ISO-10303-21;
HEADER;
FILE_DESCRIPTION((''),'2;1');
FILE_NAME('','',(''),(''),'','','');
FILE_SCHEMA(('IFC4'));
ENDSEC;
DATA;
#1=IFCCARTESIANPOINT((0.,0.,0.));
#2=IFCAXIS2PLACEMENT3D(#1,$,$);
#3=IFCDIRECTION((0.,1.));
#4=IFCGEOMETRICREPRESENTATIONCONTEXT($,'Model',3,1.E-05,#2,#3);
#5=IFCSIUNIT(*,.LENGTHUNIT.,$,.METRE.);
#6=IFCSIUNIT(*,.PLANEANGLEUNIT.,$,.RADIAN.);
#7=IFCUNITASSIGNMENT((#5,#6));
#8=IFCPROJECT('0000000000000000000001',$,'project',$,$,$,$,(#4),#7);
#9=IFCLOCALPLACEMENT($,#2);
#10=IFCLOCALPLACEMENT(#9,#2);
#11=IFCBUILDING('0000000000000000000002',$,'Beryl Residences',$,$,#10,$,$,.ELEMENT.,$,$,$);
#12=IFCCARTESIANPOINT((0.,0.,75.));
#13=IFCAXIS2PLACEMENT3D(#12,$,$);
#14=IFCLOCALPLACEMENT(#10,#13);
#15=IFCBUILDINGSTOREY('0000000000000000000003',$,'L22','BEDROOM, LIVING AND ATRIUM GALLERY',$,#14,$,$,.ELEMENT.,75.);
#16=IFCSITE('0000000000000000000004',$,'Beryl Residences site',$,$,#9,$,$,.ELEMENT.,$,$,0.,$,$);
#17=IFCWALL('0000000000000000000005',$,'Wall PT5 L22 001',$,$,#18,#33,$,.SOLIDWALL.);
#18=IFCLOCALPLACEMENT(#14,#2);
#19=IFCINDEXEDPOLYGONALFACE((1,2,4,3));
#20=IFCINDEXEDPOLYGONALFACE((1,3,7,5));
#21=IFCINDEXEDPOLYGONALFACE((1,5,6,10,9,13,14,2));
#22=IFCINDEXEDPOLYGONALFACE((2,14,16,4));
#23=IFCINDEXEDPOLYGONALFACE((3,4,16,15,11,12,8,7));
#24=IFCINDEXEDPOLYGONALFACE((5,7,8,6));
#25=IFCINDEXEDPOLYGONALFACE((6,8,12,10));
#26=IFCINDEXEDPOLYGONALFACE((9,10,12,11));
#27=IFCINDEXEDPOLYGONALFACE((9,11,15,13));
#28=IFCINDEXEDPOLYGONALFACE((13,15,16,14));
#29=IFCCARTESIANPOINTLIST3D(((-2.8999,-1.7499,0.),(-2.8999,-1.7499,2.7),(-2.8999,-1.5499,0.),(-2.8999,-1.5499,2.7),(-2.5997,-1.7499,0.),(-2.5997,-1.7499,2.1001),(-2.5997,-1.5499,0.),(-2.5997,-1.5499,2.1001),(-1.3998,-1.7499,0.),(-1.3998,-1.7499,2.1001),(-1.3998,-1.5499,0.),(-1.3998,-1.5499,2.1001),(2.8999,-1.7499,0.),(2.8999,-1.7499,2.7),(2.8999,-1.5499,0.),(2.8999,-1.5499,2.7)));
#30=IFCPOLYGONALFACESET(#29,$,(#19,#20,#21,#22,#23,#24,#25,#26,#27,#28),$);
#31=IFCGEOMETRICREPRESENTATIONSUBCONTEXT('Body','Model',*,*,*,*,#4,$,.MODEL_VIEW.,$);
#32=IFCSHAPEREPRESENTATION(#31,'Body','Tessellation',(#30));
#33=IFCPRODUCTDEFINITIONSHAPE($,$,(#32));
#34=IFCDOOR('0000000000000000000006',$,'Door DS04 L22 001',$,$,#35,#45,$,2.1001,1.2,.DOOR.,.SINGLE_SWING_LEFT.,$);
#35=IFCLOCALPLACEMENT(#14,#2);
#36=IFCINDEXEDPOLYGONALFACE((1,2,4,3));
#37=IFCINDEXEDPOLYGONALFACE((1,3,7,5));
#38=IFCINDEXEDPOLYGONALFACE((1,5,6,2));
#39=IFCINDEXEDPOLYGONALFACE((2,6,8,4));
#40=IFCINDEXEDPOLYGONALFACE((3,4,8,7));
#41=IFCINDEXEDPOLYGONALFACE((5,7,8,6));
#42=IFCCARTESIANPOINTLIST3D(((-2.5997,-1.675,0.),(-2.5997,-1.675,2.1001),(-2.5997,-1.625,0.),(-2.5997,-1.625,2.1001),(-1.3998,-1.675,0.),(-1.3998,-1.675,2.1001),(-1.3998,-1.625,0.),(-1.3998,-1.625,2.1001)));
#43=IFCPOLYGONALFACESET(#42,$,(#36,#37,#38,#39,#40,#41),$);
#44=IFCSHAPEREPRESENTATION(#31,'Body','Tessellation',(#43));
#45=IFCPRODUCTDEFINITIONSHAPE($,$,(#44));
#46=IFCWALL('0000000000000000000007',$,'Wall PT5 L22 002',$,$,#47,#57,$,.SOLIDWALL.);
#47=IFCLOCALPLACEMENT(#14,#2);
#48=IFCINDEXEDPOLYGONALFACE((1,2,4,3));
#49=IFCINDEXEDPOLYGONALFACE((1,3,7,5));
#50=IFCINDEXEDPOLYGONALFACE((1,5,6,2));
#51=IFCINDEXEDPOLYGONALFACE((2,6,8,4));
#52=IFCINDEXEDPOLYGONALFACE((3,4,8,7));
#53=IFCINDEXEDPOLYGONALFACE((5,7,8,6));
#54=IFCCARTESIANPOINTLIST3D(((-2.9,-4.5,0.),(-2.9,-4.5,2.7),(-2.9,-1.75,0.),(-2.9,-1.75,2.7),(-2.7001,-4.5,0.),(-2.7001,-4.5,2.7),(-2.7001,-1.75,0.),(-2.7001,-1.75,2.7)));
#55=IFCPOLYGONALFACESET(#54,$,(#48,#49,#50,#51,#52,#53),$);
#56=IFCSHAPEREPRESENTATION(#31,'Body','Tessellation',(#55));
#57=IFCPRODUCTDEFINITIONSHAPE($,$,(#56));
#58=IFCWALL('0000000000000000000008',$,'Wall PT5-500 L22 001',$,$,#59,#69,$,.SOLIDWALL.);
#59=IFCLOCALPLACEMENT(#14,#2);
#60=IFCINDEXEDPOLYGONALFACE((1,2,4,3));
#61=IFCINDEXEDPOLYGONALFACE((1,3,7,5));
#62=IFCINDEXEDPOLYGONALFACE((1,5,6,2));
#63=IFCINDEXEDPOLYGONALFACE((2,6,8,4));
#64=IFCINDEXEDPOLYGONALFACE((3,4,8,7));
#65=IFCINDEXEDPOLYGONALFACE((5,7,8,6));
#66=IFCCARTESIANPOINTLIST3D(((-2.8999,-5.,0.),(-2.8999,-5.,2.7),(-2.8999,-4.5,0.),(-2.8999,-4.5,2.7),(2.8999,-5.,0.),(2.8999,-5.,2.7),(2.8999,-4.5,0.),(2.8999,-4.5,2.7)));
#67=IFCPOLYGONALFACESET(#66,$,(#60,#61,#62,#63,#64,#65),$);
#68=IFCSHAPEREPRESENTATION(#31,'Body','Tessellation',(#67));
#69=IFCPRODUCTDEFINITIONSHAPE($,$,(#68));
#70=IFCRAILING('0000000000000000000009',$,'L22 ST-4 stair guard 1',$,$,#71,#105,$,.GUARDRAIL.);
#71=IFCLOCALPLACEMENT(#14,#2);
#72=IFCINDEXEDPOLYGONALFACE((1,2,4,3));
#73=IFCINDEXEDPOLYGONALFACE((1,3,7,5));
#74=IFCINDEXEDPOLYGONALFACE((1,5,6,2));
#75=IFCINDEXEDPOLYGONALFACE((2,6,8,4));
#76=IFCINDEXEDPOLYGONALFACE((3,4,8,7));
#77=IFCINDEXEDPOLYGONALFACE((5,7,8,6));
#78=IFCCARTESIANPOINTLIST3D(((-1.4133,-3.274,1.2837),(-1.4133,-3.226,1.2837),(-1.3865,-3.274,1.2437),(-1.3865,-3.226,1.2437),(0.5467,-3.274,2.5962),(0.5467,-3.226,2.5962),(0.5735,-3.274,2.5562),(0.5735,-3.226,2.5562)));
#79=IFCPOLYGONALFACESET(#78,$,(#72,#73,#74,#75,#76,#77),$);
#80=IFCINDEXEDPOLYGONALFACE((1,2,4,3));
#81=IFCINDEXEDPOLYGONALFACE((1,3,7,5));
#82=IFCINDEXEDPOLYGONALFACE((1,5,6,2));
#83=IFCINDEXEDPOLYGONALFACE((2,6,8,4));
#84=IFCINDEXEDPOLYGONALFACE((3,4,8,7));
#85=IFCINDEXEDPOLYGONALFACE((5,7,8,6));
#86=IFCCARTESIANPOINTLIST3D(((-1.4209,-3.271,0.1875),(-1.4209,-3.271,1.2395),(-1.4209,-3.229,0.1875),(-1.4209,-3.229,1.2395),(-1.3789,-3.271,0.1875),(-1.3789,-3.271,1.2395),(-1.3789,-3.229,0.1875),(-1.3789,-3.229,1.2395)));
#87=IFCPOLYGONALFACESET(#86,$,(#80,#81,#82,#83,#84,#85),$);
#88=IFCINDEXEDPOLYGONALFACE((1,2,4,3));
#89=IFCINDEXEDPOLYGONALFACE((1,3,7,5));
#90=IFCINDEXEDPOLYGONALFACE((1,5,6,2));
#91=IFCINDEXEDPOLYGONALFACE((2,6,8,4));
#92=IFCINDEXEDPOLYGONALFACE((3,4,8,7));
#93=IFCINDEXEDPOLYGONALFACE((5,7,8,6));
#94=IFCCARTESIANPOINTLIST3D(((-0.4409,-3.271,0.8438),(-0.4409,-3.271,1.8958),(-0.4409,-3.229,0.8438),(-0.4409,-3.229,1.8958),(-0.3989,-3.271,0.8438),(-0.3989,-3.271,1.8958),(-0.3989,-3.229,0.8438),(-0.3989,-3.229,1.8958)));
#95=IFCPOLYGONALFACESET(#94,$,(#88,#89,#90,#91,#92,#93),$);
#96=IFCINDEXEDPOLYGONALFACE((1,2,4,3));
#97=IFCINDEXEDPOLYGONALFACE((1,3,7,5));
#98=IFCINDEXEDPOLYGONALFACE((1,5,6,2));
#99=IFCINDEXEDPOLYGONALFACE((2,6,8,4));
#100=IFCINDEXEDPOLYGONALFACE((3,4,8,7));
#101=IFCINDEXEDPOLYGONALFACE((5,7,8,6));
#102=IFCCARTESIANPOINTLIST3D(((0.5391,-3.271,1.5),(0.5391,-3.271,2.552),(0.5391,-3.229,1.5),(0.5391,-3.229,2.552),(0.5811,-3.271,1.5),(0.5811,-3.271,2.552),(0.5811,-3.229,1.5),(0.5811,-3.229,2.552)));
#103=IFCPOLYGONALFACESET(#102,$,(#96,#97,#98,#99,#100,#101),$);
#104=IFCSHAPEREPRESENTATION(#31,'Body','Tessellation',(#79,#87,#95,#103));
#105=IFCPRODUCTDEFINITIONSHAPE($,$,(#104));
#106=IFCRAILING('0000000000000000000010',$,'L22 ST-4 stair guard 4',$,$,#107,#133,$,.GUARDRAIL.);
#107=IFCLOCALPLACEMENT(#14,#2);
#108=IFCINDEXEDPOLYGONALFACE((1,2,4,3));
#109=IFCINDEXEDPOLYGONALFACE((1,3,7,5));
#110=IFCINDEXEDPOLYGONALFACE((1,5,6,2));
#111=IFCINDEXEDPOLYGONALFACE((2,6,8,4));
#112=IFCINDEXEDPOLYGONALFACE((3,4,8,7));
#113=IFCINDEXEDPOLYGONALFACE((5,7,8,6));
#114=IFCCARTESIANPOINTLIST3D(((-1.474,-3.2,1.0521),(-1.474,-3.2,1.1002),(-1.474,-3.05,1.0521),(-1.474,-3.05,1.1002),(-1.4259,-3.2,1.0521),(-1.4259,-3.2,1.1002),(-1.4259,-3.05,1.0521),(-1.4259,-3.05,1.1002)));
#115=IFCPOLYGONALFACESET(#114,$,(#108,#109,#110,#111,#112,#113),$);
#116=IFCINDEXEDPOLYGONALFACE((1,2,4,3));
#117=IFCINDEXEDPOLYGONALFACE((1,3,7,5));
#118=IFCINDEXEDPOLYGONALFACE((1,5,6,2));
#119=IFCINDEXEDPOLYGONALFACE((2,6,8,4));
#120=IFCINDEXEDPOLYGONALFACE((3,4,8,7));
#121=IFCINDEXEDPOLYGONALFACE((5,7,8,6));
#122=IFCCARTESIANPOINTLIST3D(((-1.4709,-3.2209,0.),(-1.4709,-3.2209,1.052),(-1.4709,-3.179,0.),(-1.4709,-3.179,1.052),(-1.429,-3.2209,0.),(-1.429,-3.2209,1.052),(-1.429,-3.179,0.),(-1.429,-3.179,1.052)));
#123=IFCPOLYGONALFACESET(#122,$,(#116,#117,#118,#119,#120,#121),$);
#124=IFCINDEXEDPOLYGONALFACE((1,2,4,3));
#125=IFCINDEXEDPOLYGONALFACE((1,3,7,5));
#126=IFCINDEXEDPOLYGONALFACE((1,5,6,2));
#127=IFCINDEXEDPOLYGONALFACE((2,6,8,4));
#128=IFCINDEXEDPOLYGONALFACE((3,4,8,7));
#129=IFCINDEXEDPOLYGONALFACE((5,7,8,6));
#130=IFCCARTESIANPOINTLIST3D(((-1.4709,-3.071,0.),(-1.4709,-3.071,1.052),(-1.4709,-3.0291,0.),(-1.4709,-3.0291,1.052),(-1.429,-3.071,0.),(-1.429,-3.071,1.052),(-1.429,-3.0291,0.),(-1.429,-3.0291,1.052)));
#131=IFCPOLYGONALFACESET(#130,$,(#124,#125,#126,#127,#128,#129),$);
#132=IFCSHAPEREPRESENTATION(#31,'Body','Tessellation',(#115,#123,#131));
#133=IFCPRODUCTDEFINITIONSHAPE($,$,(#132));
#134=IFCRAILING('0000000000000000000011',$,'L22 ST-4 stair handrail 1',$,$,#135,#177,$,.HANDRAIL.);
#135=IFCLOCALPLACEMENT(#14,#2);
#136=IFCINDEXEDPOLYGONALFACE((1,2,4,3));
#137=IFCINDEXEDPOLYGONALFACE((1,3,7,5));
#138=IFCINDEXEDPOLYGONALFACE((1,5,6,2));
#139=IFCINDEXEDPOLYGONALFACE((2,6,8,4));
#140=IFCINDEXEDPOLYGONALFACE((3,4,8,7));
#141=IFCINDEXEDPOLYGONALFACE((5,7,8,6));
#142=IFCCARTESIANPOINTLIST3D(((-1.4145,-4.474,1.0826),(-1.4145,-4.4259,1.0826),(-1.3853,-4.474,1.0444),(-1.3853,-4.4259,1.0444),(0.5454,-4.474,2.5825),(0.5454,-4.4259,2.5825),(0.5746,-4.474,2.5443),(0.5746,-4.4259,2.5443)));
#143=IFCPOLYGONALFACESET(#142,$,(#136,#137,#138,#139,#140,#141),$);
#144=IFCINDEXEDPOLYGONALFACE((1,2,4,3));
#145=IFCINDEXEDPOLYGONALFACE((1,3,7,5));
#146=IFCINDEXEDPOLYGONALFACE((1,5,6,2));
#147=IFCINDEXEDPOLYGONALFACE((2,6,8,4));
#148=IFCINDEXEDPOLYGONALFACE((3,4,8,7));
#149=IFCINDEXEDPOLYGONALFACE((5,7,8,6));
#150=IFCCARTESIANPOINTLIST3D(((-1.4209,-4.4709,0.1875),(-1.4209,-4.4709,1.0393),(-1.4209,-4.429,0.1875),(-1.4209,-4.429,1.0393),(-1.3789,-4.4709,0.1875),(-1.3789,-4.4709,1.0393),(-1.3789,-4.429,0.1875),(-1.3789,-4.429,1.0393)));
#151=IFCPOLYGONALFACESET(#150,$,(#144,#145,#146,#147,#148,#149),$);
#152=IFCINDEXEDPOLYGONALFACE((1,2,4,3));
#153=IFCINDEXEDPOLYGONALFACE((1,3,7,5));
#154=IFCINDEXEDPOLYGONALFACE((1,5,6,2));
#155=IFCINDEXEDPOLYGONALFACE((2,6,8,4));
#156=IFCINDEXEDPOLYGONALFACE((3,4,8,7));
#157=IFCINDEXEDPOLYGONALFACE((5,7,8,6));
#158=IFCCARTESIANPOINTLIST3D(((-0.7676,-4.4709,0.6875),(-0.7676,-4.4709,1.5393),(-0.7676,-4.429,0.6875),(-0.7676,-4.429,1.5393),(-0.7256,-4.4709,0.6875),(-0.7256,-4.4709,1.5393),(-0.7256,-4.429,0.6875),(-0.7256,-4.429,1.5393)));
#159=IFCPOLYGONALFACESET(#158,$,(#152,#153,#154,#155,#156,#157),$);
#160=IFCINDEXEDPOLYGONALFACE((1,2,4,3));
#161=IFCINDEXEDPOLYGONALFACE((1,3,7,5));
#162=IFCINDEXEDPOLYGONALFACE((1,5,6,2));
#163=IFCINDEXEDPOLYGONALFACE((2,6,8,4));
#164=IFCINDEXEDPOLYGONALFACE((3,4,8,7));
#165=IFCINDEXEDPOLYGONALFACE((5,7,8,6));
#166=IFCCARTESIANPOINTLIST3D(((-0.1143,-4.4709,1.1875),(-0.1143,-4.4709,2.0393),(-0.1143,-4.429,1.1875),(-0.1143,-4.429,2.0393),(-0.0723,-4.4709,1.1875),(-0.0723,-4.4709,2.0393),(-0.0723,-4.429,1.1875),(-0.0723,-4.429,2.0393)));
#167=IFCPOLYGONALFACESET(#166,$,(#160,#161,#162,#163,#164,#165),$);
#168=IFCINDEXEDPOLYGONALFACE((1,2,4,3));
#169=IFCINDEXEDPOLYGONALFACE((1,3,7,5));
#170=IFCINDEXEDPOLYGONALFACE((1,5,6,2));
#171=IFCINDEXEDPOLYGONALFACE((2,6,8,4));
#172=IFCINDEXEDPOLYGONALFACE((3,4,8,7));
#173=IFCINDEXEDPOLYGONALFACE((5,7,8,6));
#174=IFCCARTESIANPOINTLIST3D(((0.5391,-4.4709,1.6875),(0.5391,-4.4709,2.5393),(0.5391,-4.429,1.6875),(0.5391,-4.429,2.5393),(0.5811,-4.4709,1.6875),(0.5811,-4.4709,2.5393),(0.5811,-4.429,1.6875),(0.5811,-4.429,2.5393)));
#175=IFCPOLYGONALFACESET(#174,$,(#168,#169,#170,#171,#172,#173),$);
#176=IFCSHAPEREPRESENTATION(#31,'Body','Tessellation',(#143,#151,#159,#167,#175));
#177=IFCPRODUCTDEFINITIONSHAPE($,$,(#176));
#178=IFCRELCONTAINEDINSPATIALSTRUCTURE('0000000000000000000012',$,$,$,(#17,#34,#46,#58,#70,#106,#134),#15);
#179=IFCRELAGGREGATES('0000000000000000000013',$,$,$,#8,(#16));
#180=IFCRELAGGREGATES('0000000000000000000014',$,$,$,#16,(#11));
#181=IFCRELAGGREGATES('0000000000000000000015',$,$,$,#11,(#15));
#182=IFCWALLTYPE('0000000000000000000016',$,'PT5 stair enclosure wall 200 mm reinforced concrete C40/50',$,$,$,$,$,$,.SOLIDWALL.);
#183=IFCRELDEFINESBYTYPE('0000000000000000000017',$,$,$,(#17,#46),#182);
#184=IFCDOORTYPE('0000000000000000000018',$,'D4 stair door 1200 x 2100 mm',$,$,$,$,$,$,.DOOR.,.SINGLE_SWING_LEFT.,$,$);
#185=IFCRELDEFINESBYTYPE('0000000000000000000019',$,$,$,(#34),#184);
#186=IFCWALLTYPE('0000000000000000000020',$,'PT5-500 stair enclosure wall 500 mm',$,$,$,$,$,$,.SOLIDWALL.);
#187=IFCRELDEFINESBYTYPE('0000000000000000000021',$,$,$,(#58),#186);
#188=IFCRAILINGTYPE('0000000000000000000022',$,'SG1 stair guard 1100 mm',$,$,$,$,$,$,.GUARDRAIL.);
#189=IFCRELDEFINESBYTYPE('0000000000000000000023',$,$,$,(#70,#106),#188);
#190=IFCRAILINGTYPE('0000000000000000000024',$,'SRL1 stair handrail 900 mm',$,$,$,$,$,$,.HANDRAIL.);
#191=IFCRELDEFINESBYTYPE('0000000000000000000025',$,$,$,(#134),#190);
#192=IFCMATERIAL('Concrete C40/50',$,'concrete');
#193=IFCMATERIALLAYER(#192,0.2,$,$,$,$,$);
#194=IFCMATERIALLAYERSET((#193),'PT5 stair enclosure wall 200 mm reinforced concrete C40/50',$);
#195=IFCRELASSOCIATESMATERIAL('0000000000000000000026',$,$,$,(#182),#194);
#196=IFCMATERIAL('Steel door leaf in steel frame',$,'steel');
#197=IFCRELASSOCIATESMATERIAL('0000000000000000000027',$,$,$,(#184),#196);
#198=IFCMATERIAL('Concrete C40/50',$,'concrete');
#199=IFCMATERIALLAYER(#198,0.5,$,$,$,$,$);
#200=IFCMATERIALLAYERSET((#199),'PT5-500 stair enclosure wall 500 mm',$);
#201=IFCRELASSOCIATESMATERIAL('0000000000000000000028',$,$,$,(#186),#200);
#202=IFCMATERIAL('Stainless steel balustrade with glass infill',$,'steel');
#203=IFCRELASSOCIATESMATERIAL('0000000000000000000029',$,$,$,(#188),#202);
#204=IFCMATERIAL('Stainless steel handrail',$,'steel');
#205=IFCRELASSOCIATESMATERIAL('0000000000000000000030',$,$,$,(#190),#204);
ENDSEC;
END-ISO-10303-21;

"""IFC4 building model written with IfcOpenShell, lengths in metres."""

from ifc_helpers import new_model, si_unit, direction, frame, frame_2d, origin, origin_2d, place, context, subcontext, project, spatial, rectangle, extrude, material, layer, layer_set, type_object, element, fill, save


model = new_model("IFC4")

# Units and contexts
model_context = context("Model", 3, precision=1e-05, world=origin(), true_north=direction((0.0, 1.0)))
body_context = subcontext(model_context, "Body", "Model", "MODEL_VIEW")
ifc_project = project(units=[si_unit("LENGTHUNIT", "METRE"), si_unit("PLANEANGLEUNIT", "RADIAN")], contexts=[model_context])

# Site, building, storey
site_placement = place(None, origin())
site = spatial("IfcSite", under=ifc_project, at=site_placement, Name="Beryl Residences site", CompositionType="ELEMENT", RefElevation=0.0)
building_placement = place(site_placement, origin())
building = spatial("IfcBuilding", under=site, at=building_placement, Name="Beryl Residences", CompositionType="ELEMENT")
storey_placement = place(building_placement, frame((0.0, 0.0, 75.0)))
storey = spatial("IfcBuildingStorey", under=building, at=storey_placement, Name="L22", Description="BEDROOM, LIVING AND ATRIUM GALLERY", CompositionType="ELEMENT", Elevation=75.0)

# Wall, opening, door
ifc_material_1 = material(Name="Concrete C40/50", Category="concrete")
ifc_layer_1 = layer(ifc_material_1, 0.2)
ifc_layer_set_1 = layer_set([ifc_layer_1], Name="PT5 stair enclosure wall 200 mm reinforced concrete C40/50")
wall_type_1 = type_object("IfcWallType", Name="PT5 stair enclosure wall 200 mm reinforced concrete C40/50", PredefinedType="SOLIDWALL", material=ifc_layer_set_1)
wall_1_placement = place(storey_placement, frame((-2.8999, -1.6499, 0.0), z_axis=(0.0, 0.0, 1.0), x_axis=(1.0, 0.0, 0.0)))
wall_1 = element("IfcWall", 1, at=wall_1_placement, inside=storey, type_object=wall_type_1, Name="Wall PT5 L22 001", PredefinedType="SOLIDWALL", context=body_context, shape_type="SweptSolid", body=[
    extrude(rectangle(XDim=5.7998, YDim=0.2, at=frame_2d((2.8999, 0.0))), origin(), (0.0, 0.0, 1.0), 2.7),
])
opening_1_placement = place(wall_1_placement, frame((0.3, 0.0, 0.0)))
opening_1 = element("IfcOpeningElement", 2, at=opening_1_placement, cuts=wall_1, PredefinedType="OPENING", context=body_context, shape_type="SweptSolid", body=[
    extrude(rectangle(XDim=1.2, YDim=2.1001, at=frame_2d((0.6001, 1.05))), frame((0.0, 0.1099, 0.0), z_axis=(0.0, -1.0, 0.0), x_axis=(1.0, 0.0, 0.0)), (0.0, 0.0, 1.0), 0.22),
])
ifc_material_2 = material(Name="Steel door leaf in steel frame", Category="steel")
door_type_1 = type_object("IfcDoorType", Name="D4 stair door 1200 x 2100 mm", OperationType="SINGLE_SWING_LEFT", PredefinedType="DOOR", material=ifc_material_2)
door_1_placement = place(opening_1_placement, origin())
door_1 = element("IfcDoor", 3, at=door_1_placement, inside=storey, type_object=door_type_1, Name="Door DS04 L22 001", OperationType="SINGLE_SWING_LEFT", OverallHeight=2.1001, OverallWidth=1.2, PredefinedType="DOOR", context=body_context, shape_type="SweptSolid", body=[
    extrude(rectangle(XDim=1.2, YDim=2.1001, at=frame_2d((0.6001, 1.05))), frame((0.0, 0.0249, 0.0), z_axis=(0.0, -1.0, 0.0), x_axis=(1.0, 0.0, 0.0)), (0.0, 0.0, 1.0), 0.05),
])
fill(opening_1, door_1)

# Walls
wall_2_placement = place(storey_placement, frame((-2.8, -4.5, 0.0), z_axis=(0.0, 0.0, 1.0), x_axis=(0.0, 1.0, 0.0)))
element("IfcWall", 4, at=wall_2_placement, inside=storey, type_object=wall_type_1, Name="Wall PT5 L22 002", PredefinedType="SOLIDWALL", context=body_context, shape_type="SweptSolid", body=[
    extrude(rectangle(XDim=2.75, YDim=0.2, at=frame_2d((1.375, 0.0))), origin(), (0.0, 0.0, 1.0), 2.7),
])
ifc_material_3 = material(Name="Concrete C40/50", Category="concrete")
ifc_layer_2 = layer(ifc_material_3, 0.5)
ifc_layer_set_2 = layer_set([ifc_layer_2], Name="PT5-500 stair enclosure wall 500 mm")
wall_type_2 = type_object("IfcWallType", Name="PT5-500 stair enclosure wall 500 mm", PredefinedType="SOLIDWALL", material=ifc_layer_set_2)
wall_3_placement = place(storey_placement, frame((-2.8999, -4.75, 0.0), z_axis=(0.0, 0.0, 1.0), x_axis=(1.0, 0.0, 0.0)))
element("IfcWall", 5, at=wall_3_placement, inside=storey, type_object=wall_type_2, Name="Wall PT5-500 L22 001", PredefinedType="SOLIDWALL", context=body_context, shape_type="SweptSolid", body=[
    extrude(rectangle(XDim=5.7998, YDim=0.5, at=frame_2d((2.8999, 0.0))), origin(), (0.0, 0.0, 1.0), 2.7),
])

# Railings
ifc_material_4 = material(Name="Stainless steel balustrade with glass infill", Category="steel")
railing_type_1 = type_object("IfcRailingType", Name="SG1 stair guard 1100 mm", PredefinedType="GUARDRAIL", material=ifc_material_4)
railing_1_placement = place(storey_placement, frame((-1.3999, -3.25, 0.1875)))
element("IfcRailing", 6, at=railing_1_placement, inside=storey, type_object=railing_type_1, Name="L22 ST-4 stair guard 1", PredefinedType="GUARDRAIL", context=body_context, shape_type="SweptSolid", body=[
    extrude(rectangle(XDim=0.0481, YDim=0.0481, at=origin_2d()), frame((0.0, 0.0, 1.0762), z_axis=(0.830902, 0.0, 0.556419), x_axis=(0.0, 1.0, 0.0)), (0.0, 0.0, 1.0), 2.3589),
    extrude(rectangle(XDim=0.042, YDim=0.042, at=origin_2d()), origin(), (0.0, 0.0, 1.0), 1.052),
    extrude(rectangle(XDim=0.042, YDim=0.042, at=origin_2d()), frame((0.98, 0.0, 0.6562)), (0.0, 0.0, 1.0), 1.052),
    extrude(rectangle(XDim=0.042, YDim=0.042, at=origin_2d()), frame((1.96, 0.0, 1.3125)), (0.0, 0.0, 1.0), 1.052),
])
railing_2_placement = place(storey_placement, frame((-1.45, -3.2, 0.0)))
element("IfcRailing", 7, at=railing_2_placement, inside=storey, type_object=railing_type_1, Name="L22 ST-4 stair guard 4", PredefinedType="GUARDRAIL", context=body_context, shape_type="SweptSolid", body=[
    extrude(rectangle(XDim=0.0481, YDim=0.0481, at=origin_2d()), frame((0.0, 0.0, 1.0762), z_axis=(0.0, 1.0, 0.0), x_axis=(-1.0, 0.0, 0.0)), (0.0, 0.0, 1.0), 0.1499),
    extrude(rectangle(XDim=0.042, YDim=0.042, at=origin_2d()), origin(), (0.0, 0.0, 1.0), 1.052),
    extrude(rectangle(XDim=0.042, YDim=0.042, at=origin_2d()), frame((0.0, 0.1499, 0.0)), (0.0, 0.0, 1.0), 1.052),
])
ifc_material_5 = material(Name="Stainless steel handrail", Category="steel")
railing_type_2 = type_object("IfcRailingType", Name="SRL1 stair handrail 900 mm", PredefinedType="HANDRAIL", material=ifc_material_5)
railing_3_placement = place(storey_placement, frame((-1.3999, -4.45, 0.1875)))
element("IfcRailing", 8, at=railing_3_placement, inside=storey, type_object=railing_type_2, Name="L22 ST-4 stair handrail 1", PredefinedType="HANDRAIL", context=body_context, shape_type="SweptSolid", body=[
    extrude(rectangle(XDim=0.0481, YDim=0.0481, at=origin_2d()), frame((0.0, 0.0, 0.876), z_axis=(0.794122, 0.0, 0.607758), x_axis=(0.0, 1.0, 0.0)), (0.0, 0.0, 1.0), 2.468),
    extrude(rectangle(XDim=0.042, YDim=0.042, at=origin_2d()), origin(), (0.0, 0.0, 1.0), 0.8518),
    extrude(rectangle(XDim=0.042, YDim=0.042, at=origin_2d()), frame((0.6533, 0.0, 0.5)), (0.0, 0.0, 1.0), 0.8518),
    extrude(rectangle(XDim=0.042, YDim=0.042, at=origin_2d()), frame((1.3066, 0.0, 1.0)), (0.0, 0.0, 1.0), 0.8518),
    extrude(rectangle(XDim=0.042, YDim=0.042, at=origin_2d()), frame((1.96, 0.0, 1.5)), (0.0, 0.0, 1.0), 0.8518),
])

save(model, "model.ifc")
